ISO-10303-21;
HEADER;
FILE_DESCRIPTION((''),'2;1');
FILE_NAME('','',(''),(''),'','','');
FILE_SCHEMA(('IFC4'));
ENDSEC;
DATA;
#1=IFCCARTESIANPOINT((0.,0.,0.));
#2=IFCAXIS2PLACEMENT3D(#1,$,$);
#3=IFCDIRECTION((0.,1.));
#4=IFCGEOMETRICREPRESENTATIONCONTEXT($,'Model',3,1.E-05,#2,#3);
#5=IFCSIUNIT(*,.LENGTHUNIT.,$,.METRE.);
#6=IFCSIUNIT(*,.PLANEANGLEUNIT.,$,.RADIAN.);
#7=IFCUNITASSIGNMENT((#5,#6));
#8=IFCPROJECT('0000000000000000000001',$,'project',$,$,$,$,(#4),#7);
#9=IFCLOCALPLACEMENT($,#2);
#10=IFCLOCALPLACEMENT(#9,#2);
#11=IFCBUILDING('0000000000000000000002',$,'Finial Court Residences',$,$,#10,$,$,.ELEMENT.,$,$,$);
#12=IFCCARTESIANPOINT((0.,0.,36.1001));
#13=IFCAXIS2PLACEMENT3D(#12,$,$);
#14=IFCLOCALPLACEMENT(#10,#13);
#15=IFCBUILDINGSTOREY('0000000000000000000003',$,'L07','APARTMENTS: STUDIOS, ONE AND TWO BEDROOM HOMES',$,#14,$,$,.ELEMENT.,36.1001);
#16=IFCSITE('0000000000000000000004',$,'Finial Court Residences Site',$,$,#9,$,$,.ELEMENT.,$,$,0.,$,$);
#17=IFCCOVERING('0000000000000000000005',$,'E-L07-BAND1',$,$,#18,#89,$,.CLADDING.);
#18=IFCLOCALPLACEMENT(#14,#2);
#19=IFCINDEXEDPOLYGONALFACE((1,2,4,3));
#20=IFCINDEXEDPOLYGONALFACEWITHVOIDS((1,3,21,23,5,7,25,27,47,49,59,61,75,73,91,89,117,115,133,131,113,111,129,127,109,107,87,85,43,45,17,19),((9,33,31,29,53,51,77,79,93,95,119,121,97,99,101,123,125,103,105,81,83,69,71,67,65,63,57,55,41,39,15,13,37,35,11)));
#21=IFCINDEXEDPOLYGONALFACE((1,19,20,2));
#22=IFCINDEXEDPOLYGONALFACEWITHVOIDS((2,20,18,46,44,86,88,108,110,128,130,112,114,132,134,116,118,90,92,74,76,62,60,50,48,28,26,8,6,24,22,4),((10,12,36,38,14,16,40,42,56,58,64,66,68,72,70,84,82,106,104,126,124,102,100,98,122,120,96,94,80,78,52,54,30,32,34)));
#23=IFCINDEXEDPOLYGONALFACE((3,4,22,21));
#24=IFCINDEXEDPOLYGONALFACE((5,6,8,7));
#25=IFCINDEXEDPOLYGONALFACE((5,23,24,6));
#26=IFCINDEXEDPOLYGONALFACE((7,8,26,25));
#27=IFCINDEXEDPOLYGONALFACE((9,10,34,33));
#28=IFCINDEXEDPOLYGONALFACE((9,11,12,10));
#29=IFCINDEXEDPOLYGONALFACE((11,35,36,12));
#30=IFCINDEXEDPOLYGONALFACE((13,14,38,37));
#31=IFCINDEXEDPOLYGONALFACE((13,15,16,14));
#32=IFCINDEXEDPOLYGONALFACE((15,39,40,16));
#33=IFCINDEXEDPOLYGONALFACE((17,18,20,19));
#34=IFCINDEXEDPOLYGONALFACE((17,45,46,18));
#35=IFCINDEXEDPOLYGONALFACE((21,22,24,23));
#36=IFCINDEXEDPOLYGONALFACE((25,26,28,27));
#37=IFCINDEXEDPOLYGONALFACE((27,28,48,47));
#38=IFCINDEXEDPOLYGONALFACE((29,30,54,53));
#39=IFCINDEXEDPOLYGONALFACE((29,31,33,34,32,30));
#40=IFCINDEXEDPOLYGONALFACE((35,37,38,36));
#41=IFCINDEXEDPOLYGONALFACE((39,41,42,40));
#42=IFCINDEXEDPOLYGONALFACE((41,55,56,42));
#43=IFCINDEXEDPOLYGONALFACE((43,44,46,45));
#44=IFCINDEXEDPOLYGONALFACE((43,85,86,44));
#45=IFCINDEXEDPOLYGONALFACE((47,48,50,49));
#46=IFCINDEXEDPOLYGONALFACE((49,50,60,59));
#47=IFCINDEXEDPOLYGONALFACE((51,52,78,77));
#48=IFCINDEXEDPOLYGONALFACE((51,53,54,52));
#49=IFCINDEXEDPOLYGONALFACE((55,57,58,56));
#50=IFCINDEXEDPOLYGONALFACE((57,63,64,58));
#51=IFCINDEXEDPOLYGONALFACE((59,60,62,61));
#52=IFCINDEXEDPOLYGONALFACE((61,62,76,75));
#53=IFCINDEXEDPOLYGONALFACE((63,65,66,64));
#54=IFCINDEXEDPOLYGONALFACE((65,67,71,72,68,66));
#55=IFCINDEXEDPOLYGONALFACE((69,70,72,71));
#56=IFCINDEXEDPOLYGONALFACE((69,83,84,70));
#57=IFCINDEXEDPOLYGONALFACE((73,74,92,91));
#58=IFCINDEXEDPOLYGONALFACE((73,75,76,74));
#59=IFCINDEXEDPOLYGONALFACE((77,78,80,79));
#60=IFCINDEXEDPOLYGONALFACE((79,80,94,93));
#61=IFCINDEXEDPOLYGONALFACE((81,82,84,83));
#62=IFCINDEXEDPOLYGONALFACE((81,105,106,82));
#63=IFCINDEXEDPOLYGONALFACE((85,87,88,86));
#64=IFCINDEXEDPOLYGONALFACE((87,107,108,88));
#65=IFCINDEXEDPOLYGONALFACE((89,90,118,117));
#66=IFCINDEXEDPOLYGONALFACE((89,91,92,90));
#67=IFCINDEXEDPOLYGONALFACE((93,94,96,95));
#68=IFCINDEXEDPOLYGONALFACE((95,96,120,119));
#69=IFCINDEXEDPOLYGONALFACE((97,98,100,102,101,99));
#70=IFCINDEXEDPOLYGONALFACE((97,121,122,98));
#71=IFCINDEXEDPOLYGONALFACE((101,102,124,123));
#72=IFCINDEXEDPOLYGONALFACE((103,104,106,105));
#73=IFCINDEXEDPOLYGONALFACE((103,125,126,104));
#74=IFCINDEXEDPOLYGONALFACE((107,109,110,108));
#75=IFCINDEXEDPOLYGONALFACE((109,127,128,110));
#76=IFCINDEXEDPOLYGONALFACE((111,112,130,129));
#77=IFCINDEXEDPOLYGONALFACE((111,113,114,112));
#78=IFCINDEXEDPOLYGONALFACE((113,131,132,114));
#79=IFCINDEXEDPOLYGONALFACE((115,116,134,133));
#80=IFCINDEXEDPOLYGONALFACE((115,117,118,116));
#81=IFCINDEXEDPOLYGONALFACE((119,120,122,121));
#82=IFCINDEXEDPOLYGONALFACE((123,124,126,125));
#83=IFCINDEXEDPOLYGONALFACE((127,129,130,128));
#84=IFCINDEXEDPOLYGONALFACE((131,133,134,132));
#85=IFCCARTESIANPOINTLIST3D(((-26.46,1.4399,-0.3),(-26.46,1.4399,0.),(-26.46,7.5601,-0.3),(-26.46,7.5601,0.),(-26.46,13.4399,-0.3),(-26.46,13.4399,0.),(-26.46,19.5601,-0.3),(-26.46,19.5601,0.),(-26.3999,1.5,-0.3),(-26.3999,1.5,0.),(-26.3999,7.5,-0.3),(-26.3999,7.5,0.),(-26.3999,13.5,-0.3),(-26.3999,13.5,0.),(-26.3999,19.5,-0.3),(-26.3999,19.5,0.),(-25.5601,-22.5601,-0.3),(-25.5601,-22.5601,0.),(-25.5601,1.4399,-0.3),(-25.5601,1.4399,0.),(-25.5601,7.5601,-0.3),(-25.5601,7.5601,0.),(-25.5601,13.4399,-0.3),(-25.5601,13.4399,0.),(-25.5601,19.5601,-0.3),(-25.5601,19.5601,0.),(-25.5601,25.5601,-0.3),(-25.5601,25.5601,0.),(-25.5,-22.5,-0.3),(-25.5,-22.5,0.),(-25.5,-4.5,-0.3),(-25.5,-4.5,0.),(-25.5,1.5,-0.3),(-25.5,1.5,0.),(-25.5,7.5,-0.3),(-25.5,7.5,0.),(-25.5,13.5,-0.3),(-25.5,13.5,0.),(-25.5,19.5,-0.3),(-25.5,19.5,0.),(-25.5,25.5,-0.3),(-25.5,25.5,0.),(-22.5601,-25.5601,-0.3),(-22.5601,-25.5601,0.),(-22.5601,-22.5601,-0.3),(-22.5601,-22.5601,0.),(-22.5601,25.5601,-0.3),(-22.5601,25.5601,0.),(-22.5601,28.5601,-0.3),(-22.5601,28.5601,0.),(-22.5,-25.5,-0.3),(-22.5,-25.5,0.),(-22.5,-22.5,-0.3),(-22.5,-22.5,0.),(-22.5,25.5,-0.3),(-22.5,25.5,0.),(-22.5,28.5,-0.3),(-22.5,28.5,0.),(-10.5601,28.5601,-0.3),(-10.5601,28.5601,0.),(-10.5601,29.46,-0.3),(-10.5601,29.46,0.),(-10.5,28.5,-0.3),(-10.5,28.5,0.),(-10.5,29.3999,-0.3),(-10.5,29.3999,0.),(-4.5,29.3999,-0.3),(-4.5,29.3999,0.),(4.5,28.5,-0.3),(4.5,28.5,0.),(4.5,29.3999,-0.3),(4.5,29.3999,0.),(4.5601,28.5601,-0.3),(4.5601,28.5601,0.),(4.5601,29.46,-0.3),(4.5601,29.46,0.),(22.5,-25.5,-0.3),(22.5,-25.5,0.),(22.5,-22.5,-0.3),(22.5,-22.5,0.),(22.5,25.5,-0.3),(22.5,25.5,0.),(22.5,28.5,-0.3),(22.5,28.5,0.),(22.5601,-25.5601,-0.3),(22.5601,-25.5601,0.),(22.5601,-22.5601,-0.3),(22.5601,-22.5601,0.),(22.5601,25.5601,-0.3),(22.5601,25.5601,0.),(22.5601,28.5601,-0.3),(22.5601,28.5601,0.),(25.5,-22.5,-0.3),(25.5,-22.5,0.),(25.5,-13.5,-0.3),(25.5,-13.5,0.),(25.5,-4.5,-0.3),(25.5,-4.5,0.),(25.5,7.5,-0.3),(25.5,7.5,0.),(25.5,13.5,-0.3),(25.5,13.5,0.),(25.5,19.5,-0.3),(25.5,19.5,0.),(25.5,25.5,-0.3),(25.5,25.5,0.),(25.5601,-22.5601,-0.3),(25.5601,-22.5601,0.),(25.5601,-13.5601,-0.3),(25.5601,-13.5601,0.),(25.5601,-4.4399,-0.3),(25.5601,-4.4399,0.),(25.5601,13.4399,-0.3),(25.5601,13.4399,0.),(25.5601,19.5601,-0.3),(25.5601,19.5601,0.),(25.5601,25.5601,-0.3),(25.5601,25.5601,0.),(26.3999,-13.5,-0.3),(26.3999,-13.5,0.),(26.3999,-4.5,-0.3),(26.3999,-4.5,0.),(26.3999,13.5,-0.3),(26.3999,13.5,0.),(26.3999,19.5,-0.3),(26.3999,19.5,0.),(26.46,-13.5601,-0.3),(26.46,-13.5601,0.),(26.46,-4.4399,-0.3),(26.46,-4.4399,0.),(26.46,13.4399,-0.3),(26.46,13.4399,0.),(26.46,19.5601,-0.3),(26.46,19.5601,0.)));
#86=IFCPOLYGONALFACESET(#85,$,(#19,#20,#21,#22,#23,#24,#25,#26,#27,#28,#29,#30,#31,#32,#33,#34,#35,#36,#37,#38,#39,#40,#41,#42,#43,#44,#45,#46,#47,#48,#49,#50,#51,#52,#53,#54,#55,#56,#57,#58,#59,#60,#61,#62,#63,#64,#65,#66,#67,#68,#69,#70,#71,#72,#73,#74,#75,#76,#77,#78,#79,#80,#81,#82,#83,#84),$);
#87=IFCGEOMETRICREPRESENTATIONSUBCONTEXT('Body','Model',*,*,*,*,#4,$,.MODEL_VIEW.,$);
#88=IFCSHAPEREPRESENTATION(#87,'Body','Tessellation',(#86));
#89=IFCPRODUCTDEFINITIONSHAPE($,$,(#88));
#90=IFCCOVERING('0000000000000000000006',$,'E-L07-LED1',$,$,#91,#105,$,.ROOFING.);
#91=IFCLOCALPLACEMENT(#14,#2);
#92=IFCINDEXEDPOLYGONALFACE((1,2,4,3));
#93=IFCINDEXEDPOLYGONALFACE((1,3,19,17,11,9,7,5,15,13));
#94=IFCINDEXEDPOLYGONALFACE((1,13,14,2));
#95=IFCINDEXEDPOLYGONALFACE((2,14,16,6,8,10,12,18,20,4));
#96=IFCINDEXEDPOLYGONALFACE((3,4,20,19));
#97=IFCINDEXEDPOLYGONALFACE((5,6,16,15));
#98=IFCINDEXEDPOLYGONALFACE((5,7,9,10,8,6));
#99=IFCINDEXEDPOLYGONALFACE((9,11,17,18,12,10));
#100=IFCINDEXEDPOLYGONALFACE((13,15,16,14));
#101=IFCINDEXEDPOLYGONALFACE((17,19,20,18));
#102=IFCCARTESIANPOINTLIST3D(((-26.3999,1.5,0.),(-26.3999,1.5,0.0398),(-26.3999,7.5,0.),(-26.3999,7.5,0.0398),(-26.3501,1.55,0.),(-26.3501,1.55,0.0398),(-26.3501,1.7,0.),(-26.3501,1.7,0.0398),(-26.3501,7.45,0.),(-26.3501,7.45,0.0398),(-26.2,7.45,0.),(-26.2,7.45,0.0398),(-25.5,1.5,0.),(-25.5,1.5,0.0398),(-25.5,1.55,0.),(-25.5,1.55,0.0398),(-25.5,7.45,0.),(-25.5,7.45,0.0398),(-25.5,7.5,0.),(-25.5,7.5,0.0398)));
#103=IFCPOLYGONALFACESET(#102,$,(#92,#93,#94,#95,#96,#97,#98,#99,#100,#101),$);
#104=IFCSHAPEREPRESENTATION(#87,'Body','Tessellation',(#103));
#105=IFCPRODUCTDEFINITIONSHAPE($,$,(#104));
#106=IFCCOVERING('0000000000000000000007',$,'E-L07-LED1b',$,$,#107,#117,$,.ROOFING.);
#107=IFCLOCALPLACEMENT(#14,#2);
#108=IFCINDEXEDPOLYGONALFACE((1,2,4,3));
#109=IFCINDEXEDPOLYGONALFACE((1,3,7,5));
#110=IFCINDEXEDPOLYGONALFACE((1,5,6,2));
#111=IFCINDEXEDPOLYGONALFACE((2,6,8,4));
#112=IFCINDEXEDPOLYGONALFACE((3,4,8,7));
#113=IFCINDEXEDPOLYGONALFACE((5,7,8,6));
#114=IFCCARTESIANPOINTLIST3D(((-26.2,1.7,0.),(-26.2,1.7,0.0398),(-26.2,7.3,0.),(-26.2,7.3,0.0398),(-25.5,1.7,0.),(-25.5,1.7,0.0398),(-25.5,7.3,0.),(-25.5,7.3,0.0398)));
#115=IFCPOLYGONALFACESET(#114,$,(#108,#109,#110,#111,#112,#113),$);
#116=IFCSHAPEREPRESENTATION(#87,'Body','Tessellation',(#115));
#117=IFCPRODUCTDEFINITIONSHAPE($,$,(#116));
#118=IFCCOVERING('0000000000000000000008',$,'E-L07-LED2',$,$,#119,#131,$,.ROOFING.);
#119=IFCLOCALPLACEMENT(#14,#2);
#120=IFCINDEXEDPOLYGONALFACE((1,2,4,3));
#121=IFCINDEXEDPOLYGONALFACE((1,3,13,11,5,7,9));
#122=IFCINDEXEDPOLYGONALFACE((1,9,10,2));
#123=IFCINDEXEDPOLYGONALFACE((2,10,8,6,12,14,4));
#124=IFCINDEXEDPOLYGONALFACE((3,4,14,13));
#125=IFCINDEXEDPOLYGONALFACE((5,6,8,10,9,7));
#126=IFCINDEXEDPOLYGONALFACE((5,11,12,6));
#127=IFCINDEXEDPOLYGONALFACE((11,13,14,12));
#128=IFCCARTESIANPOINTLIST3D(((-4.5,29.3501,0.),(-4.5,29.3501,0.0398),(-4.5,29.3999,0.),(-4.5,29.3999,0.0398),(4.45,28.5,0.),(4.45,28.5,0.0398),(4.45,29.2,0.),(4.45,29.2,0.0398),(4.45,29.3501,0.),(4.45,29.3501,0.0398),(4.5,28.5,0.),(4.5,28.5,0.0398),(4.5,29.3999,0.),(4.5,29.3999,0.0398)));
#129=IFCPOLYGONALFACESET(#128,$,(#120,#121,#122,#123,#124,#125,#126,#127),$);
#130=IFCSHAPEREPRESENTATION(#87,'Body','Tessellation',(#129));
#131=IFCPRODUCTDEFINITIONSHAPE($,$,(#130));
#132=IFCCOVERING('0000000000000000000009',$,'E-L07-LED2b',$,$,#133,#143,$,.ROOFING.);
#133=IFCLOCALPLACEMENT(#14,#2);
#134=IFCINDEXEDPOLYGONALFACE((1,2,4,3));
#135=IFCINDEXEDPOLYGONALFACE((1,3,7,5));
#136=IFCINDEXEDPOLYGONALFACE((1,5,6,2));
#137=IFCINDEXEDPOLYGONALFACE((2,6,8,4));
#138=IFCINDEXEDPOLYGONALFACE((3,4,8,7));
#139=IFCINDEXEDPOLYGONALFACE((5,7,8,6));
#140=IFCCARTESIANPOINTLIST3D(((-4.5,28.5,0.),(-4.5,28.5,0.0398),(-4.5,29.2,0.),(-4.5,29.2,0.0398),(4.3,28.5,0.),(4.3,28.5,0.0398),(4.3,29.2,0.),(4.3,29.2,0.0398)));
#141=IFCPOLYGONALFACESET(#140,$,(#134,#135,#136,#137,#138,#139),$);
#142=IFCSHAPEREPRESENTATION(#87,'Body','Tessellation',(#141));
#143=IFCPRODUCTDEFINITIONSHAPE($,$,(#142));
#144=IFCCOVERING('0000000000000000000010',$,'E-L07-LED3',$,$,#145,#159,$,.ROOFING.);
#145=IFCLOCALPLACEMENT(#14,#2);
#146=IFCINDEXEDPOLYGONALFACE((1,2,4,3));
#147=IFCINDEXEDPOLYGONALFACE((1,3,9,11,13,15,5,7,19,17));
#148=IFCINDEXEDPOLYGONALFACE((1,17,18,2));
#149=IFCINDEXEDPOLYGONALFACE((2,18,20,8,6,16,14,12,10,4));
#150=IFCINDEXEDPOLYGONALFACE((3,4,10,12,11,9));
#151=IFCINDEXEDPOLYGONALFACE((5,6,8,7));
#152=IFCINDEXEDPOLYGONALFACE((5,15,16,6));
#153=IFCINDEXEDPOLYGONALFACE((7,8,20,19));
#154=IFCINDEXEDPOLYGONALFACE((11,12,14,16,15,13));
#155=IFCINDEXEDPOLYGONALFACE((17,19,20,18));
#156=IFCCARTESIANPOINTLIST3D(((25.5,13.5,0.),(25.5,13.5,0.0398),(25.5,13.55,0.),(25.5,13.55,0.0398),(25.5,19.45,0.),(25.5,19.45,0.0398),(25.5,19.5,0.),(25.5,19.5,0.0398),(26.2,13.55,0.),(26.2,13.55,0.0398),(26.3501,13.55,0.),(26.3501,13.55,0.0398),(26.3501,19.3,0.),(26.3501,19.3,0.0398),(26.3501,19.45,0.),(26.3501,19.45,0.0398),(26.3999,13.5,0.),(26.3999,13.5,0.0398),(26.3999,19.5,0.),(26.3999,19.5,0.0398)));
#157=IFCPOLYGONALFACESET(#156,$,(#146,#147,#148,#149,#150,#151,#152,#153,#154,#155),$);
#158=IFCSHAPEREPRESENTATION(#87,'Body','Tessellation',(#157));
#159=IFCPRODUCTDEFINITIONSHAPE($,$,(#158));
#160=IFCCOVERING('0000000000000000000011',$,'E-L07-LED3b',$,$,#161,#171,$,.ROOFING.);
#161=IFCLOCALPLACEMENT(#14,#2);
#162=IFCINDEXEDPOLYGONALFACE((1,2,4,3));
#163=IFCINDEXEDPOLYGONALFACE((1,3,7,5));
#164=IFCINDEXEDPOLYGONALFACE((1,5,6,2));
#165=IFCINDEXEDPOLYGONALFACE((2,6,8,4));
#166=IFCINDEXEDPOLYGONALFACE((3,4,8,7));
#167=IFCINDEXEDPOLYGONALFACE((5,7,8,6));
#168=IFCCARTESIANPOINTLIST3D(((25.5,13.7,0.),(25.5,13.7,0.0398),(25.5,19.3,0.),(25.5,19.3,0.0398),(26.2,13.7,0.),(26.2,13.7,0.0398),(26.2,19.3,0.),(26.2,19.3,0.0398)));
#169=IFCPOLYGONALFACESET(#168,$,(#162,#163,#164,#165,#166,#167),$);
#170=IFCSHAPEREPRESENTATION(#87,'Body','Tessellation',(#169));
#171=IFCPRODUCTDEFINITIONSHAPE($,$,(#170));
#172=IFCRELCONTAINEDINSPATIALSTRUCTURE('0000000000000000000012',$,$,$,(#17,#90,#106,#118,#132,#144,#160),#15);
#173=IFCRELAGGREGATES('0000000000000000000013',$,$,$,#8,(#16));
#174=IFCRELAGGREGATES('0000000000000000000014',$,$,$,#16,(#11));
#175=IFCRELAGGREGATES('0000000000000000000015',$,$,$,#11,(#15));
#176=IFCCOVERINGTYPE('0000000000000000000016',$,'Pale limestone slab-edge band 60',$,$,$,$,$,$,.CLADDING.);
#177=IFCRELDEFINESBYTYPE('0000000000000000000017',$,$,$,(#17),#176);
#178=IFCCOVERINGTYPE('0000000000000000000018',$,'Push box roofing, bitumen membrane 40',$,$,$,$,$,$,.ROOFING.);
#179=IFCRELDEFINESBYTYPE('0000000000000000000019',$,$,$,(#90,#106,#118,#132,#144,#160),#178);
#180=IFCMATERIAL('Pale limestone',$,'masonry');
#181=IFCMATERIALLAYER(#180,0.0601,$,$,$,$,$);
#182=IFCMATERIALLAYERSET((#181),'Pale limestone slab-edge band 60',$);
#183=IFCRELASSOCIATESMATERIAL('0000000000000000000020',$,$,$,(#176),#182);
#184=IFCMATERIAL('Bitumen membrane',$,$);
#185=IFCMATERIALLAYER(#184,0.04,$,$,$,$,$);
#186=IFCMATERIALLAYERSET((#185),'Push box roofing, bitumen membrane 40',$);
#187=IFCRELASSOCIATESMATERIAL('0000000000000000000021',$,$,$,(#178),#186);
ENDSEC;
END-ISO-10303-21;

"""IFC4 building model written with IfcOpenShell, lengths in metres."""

from ifc_helpers import new_model, si_unit, direction, frame, origin, place, context, subcontext, project, spatial, polyline, outline, extrude, material, layer, layer_set, type_object, element, save


model = new_model("IFC4")

# Units and contexts
model_context = context("Model", 3, precision=1e-05, world=origin(), true_north=direction((0.0, 1.0)))
body_context = subcontext(model_context, "Body", "Model", "MODEL_VIEW")
ifc_project = project(units=[si_unit("LENGTHUNIT", "METRE"), si_unit("PLANEANGLEUNIT", "RADIAN")], contexts=[model_context])

# Site, building, storey
site_placement = place(None, origin())
site = spatial("IfcSite", under=ifc_project, at=site_placement, Name="Finial Court Residences Site", CompositionType="ELEMENT", RefElevation=0.0)
building_placement = place(site_placement, origin())
building = spatial("IfcBuilding", under=site, at=building_placement, Name="Finial Court Residences", CompositionType="ELEMENT")
storey_placement = place(building_placement, frame((0.0, 0.0, 36.1001)))
storey = spatial("IfcBuildingStorey", under=building, at=storey_placement, Name="L07", Description="APARTMENTS: STUDIOS, ONE AND TWO BEDROOM HOMES", CompositionType="ELEMENT", Elevation=36.1001)

# Coverings
ifc_material_1 = material(Name="Pale limestone", Category="masonry")
ifc_layer_1 = layer(ifc_material_1, 0.0601)
ifc_layer_set_1 = layer_set([ifc_layer_1], Name="Pale limestone slab-edge band 60")
covering_type_1 = type_object("IfcCoveringType", Name="Pale limestone slab-edge band 60", PredefinedType="CLADDING", material=ifc_layer_set_1)
covering_1_placement = place(storey_placement, frame((0.0, 0.0, -0.3)))
element("IfcCovering", 1, at=covering_1_placement, inside=storey, type_object=covering_type_1, Name="E-L07-BAND1", PredefinedType="CLADDING", context=body_context, shape_type="SweptSolid", body=[
    extrude(outline(polyline([(-26.46, 7.5601), (-25.5601, 7.5601), (-25.5601, 13.4399), (-26.46, 13.4399), (-26.46, 19.5601), (-25.5601, 19.5601), (-25.5601, 25.5601), (-22.5601, 25.5601), (-22.5601, 28.5601), (-10.5601, 28.5601), (-10.5601, 29.46), (4.5601, 29.46), (4.5601, 28.5601), (22.5601, 28.5601), (22.5601, 25.5601), (25.5601, 25.5601), (25.5601, 19.5601), (26.46, 19.5601), (26.46, 13.4399), (25.5601, 13.4399), (25.5601, -4.4399), (26.46, -4.4399), (26.46, -13.5601), (25.5601, -13.5601), (25.5601, -22.5601), (22.5601, -22.5601), (22.5601, -25.5601), (-22.5601, -25.5601), (-22.5601, -22.5601), (-25.5601, -22.5601), (-25.5601, 1.4399), (-26.46, 1.4399), (-26.46, 7.5601)]), holes=[polyline([(-25.5, 1.5), (-25.5, -4.5), (-25.5, -22.5), (-22.5, -22.5), (-22.5, -25.5), (22.5, -25.5), (22.5, -22.5), (25.5, -22.5), (25.5, -13.5), (26.3999, -13.5), (26.3999, -4.5), (25.5, -4.5), (25.5, 7.5), (25.5, 13.5), (26.3999, 13.5), (26.3999, 19.5), (25.5, 19.5), (25.5, 25.5), (22.5, 25.5), (22.5, 28.5), (4.5, 28.5), (4.5, 29.3999), (-4.5, 29.3999), (-10.5, 29.3999), (-10.5, 28.5), (-22.5, 28.5), (-22.5, 25.5), (-25.5, 25.5), (-25.5, 19.5), (-26.3999, 19.5), (-26.3999, 13.5), (-25.5, 13.5), (-25.5, 7.5), (-26.3999, 7.5), (-26.3999, 1.5), (-25.5, 1.5)])]), origin(), (0.0, 0.0, 1.0), 0.3),
])
ifc_material_2 = material(Name="Bitumen membrane")
ifc_layer_2 = layer(ifc_material_2, 0.04)
ifc_layer_set_2 = layer_set([ifc_layer_2], Name="Push box roofing, bitumen membrane 40")
covering_type_2 = type_object("IfcCoveringType", Name="Push box roofing, bitumen membrane 40", PredefinedType="ROOFING", material=ifc_layer_set_2)
covering_2_placement = place(storey_placement, origin())
element("IfcCovering", 2, at=covering_2_placement, inside=storey, type_object=covering_type_2, Name="E-L07-LED1", PredefinedType="ROOFING", context=body_context, shape_type="SweptSolid", body=[
    extrude(outline(polyline([(-25.5, 7.45), (-26.2, 7.45), (-26.3501, 7.45), (-26.3501, 1.7), (-26.3501, 1.7), (-26.3501, 1.55), (-25.5, 1.55), (-25.5, 1.5), (-26.3999, 1.5), (-26.3999, 7.5), (-25.5, 7.5), (-25.5, 7.45)])), origin(), (0.0, 0.0, 1.0), 0.0398),
])
covering_3_placement = place(storey_placement, origin())
element("IfcCovering", 3, at=covering_3_placement, inside=storey, type_object=covering_type_2, Name="E-L07-LED1b", PredefinedType="ROOFING", context=body_context, shape_type="SweptSolid", body=[
    extrude(outline(polyline([(-25.5, 1.7), (-26.2, 1.7), (-26.2, 7.3), (-25.5, 7.3), (-25.5, 1.7)])), origin(), (0.0, 0.0, 1.0), 0.0398),
])
covering_4_placement = place(storey_placement, origin())
element("IfcCovering", 4, at=covering_4_placement, inside=storey, type_object=covering_type_2, Name="E-L07-LED2", PredefinedType="ROOFING", context=body_context, shape_type="SweptSolid", body=[
    extrude(outline(polyline([(4.45, 28.5), (4.45, 29.2), (4.45, 29.3501), (-4.5, 29.3501), (-4.5, 29.3999), (4.5, 29.3999), (4.5, 28.5), (4.45, 28.5)])), origin(), (0.0, 0.0, 1.0), 0.0398),
])
covering_5_placement = place(storey_placement, origin())
element("IfcCovering", 5, at=covering_5_placement, inside=storey, type_object=covering_type_2, Name="E-L07-LED2b", PredefinedType="ROOFING", context=body_context, shape_type="SweptSolid", body=[
    extrude(outline(polyline([(-4.5, 28.5), (-4.5, 29.2), (4.3, 29.2), (4.3, 28.5), (-4.5, 28.5)])), origin(), (0.0, 0.0, 1.0), 0.0398),
])
covering_6_placement = place(storey_placement, origin())
element("IfcCovering", 6, at=covering_6_placement, inside=storey, type_object=covering_type_2, Name="E-L07-LED3", PredefinedType="ROOFING", context=body_context, shape_type="SweptSolid", body=[
    extrude(outline(polyline([(25.5, 13.55), (26.2, 13.55), (26.3501, 13.55), (26.3501, 19.3), (26.3501, 19.3), (26.3501, 19.45), (25.5, 19.45), (25.5, 19.5), (26.3999, 19.5), (26.3999, 13.5), (25.5, 13.5), (25.5, 13.55)])), origin(), (0.0, 0.0, 1.0), 0.0398),
])
covering_7_placement = place(storey_placement, origin())
element("IfcCovering", 7, at=covering_7_placement, inside=storey, type_object=covering_type_2, Name="E-L07-LED3b", PredefinedType="ROOFING", context=body_context, shape_type="SweptSolid", body=[
    extrude(outline(polyline([(25.5, 19.3), (26.2, 19.3), (26.2, 13.7), (25.5, 13.7), (25.5, 19.3)])), origin(), (0.0, 0.0, 1.0), 0.0398),
])

save(model, "model.ifc")
